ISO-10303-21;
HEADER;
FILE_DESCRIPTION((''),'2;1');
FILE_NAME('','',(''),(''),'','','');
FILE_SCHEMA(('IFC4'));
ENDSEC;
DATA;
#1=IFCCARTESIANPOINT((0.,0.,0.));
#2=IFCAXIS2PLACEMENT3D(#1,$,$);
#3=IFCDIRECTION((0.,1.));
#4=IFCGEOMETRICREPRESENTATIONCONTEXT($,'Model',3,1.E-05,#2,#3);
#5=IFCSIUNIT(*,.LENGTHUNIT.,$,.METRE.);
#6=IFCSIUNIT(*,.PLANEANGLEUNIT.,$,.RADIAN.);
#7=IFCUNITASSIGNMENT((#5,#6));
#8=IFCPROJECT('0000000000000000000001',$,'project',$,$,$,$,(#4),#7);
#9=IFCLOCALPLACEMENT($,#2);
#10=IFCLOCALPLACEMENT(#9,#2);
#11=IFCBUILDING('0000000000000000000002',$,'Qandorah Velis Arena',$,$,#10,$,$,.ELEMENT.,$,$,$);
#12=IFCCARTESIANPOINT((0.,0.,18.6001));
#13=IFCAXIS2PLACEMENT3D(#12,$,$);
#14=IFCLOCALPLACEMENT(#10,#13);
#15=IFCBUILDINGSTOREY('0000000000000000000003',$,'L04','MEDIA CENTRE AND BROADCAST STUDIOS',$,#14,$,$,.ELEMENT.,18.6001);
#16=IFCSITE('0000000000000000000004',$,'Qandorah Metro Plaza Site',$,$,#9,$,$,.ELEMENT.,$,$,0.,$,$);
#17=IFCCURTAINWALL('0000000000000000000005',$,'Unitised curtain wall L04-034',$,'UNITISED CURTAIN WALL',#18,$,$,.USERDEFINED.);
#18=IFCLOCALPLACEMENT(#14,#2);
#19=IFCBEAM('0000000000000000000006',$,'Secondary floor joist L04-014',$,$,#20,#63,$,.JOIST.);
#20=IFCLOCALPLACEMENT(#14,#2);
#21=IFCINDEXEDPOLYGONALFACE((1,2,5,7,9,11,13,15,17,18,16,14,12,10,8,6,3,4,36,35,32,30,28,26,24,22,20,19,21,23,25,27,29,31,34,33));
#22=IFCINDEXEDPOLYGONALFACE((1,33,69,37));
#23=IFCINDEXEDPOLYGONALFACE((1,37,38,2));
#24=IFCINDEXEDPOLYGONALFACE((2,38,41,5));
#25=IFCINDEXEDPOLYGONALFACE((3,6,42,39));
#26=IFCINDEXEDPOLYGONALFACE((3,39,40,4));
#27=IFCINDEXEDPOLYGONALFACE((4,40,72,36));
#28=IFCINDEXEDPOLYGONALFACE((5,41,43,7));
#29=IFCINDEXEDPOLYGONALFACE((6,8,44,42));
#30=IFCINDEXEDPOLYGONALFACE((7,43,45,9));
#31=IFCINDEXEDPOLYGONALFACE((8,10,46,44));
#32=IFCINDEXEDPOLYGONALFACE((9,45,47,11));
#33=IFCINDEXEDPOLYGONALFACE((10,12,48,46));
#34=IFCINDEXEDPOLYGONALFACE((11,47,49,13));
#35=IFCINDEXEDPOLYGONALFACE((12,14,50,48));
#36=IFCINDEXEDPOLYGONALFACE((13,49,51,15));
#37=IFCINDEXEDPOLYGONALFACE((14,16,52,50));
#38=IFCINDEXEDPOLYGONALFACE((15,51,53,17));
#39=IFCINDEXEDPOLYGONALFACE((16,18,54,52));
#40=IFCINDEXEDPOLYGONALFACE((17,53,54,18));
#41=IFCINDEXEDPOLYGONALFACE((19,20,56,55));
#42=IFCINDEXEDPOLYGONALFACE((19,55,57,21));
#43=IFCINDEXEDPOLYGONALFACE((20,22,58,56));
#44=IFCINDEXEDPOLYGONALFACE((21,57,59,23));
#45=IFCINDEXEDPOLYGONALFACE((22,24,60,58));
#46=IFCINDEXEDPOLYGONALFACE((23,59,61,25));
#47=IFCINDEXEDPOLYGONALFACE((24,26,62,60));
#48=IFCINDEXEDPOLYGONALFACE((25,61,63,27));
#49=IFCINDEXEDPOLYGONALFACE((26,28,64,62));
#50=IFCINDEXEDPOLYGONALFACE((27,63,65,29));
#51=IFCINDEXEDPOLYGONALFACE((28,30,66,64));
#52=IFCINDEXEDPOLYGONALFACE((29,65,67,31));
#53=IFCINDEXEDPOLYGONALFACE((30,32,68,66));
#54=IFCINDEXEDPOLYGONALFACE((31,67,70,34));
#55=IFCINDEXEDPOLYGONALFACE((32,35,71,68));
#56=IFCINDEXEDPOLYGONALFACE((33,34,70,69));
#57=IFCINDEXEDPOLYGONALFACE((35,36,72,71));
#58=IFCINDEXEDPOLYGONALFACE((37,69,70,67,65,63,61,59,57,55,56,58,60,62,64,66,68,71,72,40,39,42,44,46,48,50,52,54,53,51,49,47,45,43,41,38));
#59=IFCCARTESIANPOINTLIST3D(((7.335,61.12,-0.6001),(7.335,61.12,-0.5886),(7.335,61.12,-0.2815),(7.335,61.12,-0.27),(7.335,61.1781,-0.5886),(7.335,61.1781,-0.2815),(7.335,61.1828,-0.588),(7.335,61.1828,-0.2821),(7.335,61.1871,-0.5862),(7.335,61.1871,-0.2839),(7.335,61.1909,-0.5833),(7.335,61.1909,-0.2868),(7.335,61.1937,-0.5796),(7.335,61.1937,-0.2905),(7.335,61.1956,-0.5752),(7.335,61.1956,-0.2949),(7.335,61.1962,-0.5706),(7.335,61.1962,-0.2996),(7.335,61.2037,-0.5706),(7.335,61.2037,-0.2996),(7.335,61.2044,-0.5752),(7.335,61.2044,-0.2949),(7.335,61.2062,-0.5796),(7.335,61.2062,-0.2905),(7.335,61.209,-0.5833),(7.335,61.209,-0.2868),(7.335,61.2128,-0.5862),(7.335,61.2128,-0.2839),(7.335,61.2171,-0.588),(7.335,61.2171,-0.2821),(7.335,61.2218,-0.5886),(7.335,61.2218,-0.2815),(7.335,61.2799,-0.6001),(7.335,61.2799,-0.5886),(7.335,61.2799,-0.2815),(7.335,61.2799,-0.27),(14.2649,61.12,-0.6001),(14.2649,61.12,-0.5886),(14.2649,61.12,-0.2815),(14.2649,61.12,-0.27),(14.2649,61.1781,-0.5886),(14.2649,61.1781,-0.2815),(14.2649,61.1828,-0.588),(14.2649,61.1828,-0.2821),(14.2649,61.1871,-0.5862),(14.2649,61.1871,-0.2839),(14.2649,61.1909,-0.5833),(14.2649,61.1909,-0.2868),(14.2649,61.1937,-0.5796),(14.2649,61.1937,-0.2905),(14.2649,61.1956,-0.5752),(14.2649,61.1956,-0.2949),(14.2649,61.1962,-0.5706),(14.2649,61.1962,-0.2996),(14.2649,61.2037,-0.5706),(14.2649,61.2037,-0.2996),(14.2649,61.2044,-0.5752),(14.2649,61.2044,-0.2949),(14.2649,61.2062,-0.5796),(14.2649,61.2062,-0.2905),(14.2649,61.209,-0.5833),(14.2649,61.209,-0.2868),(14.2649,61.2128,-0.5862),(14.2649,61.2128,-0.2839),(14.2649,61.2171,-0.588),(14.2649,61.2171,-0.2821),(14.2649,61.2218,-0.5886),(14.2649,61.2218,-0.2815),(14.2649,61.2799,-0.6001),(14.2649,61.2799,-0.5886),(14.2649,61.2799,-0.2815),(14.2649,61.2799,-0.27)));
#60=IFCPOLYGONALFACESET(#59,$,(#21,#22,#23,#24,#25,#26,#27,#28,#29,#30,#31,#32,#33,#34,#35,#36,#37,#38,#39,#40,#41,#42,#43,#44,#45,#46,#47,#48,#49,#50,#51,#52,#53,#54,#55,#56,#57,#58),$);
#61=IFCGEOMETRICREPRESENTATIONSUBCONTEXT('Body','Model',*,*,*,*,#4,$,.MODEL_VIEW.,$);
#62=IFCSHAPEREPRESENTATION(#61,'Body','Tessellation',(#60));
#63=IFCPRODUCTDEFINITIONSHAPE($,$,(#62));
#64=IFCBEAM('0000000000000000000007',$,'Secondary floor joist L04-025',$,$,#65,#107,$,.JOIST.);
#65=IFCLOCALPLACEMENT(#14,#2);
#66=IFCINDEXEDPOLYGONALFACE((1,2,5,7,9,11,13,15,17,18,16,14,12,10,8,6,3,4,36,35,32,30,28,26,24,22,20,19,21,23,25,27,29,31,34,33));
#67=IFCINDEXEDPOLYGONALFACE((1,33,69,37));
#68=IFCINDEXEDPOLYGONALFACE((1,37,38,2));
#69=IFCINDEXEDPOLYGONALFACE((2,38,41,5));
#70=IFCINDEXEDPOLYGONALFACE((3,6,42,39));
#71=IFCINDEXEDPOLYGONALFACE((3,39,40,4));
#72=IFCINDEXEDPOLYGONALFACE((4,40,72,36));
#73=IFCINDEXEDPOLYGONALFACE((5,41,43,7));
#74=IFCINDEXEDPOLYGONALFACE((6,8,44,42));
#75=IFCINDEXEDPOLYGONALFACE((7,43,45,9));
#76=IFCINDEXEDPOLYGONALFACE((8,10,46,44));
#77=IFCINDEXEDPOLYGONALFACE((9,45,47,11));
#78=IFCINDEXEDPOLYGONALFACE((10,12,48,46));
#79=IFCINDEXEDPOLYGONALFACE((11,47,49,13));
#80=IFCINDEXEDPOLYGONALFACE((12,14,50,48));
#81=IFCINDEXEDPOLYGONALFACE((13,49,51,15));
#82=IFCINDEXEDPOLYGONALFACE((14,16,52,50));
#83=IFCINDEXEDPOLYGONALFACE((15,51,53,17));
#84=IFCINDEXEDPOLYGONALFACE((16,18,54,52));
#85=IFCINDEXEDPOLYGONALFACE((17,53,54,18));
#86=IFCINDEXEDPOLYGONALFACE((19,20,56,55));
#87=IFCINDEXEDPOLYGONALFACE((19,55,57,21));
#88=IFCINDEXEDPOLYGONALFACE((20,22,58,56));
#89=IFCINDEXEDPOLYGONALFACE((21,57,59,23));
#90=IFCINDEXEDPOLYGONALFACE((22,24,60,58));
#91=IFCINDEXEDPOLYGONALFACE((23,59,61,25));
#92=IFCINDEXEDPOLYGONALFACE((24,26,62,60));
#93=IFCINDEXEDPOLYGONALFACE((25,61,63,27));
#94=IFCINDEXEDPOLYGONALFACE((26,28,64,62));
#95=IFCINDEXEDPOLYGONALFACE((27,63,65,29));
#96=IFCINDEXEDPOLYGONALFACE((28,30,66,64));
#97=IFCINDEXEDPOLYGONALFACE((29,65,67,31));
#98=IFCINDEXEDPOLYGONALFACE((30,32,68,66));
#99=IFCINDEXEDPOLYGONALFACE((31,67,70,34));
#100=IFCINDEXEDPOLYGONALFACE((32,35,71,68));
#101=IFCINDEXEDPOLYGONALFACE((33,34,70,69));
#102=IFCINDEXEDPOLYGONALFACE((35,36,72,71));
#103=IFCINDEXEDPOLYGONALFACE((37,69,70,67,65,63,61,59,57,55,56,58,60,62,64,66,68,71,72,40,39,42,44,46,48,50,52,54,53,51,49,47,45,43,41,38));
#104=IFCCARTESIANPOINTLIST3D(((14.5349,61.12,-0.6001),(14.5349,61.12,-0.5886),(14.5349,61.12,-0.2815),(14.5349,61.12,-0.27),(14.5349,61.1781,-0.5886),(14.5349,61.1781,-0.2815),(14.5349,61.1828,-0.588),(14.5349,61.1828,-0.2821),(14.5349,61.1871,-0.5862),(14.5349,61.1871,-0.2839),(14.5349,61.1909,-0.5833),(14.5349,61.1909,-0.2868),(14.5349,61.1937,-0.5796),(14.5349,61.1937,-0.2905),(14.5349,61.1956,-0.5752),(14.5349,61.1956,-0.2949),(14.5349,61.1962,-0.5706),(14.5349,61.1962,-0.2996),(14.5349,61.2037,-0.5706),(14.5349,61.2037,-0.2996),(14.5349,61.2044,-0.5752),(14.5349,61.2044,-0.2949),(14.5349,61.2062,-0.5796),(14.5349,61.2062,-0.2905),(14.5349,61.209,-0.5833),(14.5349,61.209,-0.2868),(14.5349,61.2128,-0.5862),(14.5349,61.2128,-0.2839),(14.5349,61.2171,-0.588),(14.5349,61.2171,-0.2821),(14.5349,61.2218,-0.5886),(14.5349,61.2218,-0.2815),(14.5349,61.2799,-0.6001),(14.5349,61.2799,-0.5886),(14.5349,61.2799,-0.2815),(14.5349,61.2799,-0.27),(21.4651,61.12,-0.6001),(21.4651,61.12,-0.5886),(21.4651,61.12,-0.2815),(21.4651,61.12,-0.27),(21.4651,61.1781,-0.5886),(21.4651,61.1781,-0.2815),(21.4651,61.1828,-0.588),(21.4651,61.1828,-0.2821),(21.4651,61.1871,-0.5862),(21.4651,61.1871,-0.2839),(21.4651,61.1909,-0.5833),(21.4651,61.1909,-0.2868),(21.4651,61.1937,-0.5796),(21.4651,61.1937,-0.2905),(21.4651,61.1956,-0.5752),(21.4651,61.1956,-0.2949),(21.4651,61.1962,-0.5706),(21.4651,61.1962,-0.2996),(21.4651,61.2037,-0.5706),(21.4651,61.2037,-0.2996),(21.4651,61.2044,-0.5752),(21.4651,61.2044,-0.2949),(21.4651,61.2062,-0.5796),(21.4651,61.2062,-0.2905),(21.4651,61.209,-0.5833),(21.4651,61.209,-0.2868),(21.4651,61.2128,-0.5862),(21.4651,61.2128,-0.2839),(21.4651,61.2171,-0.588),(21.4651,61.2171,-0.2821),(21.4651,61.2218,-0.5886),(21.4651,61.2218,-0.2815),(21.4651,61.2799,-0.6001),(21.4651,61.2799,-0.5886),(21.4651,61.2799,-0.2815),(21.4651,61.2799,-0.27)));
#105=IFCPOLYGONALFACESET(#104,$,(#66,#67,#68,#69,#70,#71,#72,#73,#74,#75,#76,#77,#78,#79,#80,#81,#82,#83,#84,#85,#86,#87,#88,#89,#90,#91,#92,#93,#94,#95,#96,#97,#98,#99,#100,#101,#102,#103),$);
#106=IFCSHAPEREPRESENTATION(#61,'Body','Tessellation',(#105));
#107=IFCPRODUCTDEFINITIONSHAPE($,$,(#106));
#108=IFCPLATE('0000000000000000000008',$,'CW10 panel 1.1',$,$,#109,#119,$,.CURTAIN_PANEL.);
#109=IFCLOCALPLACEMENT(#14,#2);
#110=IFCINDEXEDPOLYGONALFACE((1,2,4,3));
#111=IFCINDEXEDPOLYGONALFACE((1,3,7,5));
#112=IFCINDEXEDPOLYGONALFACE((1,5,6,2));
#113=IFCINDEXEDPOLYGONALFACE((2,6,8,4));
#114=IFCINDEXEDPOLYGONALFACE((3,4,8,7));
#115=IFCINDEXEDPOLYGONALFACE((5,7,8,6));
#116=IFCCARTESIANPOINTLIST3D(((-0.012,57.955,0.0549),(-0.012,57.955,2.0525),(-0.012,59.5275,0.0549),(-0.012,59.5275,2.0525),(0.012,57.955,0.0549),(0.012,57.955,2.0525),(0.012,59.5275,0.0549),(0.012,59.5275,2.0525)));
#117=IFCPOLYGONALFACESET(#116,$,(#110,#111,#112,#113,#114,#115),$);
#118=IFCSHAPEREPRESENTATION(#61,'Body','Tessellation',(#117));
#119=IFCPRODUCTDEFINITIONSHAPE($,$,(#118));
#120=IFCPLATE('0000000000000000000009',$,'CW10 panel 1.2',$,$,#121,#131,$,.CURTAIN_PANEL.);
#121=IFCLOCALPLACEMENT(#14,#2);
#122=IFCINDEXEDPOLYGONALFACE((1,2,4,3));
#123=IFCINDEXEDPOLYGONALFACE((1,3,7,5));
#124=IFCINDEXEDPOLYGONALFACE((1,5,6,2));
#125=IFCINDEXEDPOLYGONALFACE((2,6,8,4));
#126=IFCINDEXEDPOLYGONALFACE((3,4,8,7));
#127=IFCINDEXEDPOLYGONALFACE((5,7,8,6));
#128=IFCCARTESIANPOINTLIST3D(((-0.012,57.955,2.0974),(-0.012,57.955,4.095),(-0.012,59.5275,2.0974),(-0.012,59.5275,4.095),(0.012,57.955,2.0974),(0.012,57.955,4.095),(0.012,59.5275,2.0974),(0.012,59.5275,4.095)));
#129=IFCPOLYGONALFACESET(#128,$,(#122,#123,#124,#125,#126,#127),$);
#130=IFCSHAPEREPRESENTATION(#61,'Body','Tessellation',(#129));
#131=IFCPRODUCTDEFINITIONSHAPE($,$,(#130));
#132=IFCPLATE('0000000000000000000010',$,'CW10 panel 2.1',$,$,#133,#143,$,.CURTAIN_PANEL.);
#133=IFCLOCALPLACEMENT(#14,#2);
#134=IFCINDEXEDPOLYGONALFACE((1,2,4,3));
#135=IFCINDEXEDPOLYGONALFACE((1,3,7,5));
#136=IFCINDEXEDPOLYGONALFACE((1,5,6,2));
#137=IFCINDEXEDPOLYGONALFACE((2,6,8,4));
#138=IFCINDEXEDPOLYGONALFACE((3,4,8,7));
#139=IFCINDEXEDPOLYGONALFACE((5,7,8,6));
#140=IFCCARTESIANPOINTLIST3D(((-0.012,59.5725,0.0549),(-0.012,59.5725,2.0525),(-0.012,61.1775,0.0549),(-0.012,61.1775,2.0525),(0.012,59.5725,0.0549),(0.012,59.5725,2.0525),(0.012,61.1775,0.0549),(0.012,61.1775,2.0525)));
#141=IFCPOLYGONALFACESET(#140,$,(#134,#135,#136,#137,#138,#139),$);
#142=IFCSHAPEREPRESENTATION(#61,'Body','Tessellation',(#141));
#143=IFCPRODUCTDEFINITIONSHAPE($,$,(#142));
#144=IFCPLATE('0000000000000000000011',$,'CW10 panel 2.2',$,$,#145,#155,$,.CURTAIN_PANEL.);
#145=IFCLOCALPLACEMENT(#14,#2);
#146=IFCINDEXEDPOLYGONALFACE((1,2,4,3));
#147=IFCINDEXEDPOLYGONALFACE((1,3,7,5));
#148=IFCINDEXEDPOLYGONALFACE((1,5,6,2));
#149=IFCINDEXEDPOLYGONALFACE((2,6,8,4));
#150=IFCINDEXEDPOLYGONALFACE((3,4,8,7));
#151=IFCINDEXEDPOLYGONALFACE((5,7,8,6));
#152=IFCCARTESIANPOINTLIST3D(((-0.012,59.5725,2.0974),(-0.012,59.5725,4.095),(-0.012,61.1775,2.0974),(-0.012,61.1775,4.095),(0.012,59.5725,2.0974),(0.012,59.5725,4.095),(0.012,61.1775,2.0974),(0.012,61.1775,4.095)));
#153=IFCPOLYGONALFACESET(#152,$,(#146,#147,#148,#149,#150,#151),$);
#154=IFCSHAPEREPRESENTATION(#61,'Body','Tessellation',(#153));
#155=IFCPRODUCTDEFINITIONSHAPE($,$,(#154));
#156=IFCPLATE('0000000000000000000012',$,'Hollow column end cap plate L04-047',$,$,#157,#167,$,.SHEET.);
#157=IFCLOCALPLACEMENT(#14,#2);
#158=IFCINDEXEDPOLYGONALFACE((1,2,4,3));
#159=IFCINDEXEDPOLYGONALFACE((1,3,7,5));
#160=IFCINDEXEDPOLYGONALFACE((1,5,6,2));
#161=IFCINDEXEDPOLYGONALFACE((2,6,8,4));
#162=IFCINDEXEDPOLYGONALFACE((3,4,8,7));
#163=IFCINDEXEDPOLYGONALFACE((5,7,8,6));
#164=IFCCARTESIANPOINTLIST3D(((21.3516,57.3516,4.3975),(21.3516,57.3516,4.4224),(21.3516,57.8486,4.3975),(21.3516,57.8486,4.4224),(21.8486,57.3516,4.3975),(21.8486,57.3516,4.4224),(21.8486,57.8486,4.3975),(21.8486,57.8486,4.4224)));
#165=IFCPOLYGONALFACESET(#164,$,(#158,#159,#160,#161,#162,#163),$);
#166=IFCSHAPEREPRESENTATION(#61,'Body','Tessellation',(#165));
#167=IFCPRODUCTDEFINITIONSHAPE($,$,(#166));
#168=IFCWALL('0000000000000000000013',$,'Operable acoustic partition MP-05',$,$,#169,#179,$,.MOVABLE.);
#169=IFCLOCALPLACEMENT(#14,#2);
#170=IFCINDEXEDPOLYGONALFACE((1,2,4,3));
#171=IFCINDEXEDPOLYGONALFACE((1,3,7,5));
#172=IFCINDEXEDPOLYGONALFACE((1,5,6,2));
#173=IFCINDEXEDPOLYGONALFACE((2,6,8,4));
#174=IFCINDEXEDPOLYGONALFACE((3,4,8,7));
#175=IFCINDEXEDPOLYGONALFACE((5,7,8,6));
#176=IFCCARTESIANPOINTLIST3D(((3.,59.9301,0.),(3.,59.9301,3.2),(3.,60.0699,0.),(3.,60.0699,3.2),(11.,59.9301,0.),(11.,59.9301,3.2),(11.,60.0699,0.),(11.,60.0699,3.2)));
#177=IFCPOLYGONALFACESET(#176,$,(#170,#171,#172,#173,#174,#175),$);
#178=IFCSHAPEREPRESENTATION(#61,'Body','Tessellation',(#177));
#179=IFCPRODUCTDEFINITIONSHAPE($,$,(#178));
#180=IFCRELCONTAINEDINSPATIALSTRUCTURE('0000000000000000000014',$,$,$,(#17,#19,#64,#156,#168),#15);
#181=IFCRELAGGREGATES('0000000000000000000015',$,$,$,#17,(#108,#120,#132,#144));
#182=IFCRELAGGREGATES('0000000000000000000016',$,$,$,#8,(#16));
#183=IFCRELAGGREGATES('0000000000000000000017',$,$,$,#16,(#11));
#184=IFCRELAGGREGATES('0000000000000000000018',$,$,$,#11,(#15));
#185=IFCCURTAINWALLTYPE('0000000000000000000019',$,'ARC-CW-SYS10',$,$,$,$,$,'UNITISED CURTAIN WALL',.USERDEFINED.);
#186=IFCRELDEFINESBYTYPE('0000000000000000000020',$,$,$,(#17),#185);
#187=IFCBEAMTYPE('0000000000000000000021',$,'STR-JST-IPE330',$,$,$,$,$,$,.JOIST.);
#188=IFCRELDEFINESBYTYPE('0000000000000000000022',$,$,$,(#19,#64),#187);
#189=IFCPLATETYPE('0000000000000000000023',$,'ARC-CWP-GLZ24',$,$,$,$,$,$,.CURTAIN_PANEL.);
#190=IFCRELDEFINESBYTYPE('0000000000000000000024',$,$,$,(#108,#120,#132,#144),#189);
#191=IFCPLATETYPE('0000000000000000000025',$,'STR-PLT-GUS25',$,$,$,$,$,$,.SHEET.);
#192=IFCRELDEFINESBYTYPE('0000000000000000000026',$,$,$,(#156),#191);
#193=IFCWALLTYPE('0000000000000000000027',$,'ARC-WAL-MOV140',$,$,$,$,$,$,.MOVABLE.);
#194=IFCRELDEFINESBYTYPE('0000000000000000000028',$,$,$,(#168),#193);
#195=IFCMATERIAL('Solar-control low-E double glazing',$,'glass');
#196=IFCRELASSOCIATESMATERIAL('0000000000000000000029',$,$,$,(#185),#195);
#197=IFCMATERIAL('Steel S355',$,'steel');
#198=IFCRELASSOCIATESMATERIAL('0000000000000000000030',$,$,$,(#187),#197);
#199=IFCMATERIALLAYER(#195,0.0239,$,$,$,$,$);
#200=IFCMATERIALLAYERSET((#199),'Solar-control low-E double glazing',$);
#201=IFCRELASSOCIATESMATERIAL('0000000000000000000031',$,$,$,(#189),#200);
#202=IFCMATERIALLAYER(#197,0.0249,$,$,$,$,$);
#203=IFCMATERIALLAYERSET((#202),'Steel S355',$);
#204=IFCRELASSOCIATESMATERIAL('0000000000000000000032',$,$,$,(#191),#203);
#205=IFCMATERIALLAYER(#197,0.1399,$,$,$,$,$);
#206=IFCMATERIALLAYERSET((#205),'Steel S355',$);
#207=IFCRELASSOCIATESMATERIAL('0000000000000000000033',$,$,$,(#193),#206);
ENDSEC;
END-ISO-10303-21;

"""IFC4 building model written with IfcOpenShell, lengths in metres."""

from ifc_helpers import new_model, si_unit, direction, frame, frame_2d, origin, origin_2d, place, context, subcontext, project, spatial, rectangle, i_section, extrude, material, layer, layer_set, material_profile, profile_set, type_object, element, aggregate, save


model = new_model("IFC4")

# Units and contexts
model_context = context("Model", 3, precision=1e-05, world=origin(), true_north=direction((0.0, 1.0)))
body_context = subcontext(model_context, "Body", "Model", "MODEL_VIEW")
ifc_project = project(units=[si_unit("LENGTHUNIT", "METRE"), si_unit("PLANEANGLEUNIT", "RADIAN")], contexts=[model_context])

# Site, building, storey
site_placement = place(None, origin())
site = spatial("IfcSite", under=ifc_project, at=site_placement, Name="Qandorah Metro Plaza Site", CompositionType="ELEMENT", RefElevation=0.0)
building_placement = place(site_placement, origin())
building = spatial("IfcBuilding", under=site, at=building_placement, Name="Qandorah Velis Arena", CompositionType="ELEMENT")
storey_placement = place(building_placement, frame((0.0, 0.0, 18.6001)))
storey = spatial("IfcBuildingStorey", under=building, at=storey_placement, Name="L04", Description="MEDIA CENTRE AND BROADCAST STUDIOS", CompositionType="ELEMENT", Elevation=18.6001)

# Shared definitions
ifc_material_1 = material(Name="Steel S355", Category="steel")

# Curtain wall
ifc_material_2 = material(Name="Solar-control low-E double glazing", Category="glass")
curtain_wall_type = type_object("IfcCurtainWallType", Name="ARC-CW-SYS10", ElementType="UNITISED CURTAIN WALL", PredefinedType="USERDEFINED", material=ifc_material_2)
curtain_wall_placement = place(storey_placement, origin())
curtain_wall = element("IfcCurtainWall", 1, at=curtain_wall_placement, inside=storey, type_object=curtain_wall_type, Name="Unitised curtain wall L04-034", ObjectType="UNITISED CURTAIN WALL", PredefinedType="USERDEFINED")

# Beams
ifc_material_profile_1 = material_profile(ifc_material_1, i_section(OverallWidth=0.1599, OverallDepth=0.3301, WebThickness=0.0076, FlangeThickness=0.0115, FilletRadius=0.0181, at=origin_2d()), Name="IPE 330")
ifc_profile_set_1 = profile_set([ifc_material_profile_1], Name="Steel S355")
beam_type_1 = type_object("IfcBeamType", Name="STR-JST-IPE330", PredefinedType="JOIST", material=ifc_profile_set_1)
for number, where, z_axis, x_axis, name in (
    (2, (7.335, 61.2, -0.4351), (1.0, 0.0, 0.0), (0.0, 1.0, 0.0), "Secondary floor joist L04-014"),
):
    element("IfcBeam", number, at=place(storey_placement, frame(where, z_axis=z_axis, x_axis=x_axis)), inside=storey, type_object=beam_type_1, Name=name, PredefinedType="JOIST", context=body_context, shape_type="SweptSolid", body=[
        extrude(i_section(OverallWidth=0.1599, OverallDepth=0.3301, WebThickness=0.0076, FlangeThickness=0.0115, FilletRadius=0.0181, at=origin_2d()), origin(), (0.0, 0.0, 1.0), 6.9299),
    ])
beam_1_placement = place(storey_placement, frame((14.5349, 61.2, -0.4351), z_axis=(1.0, 0.0, 0.0), x_axis=(0.0, 1.0, 0.0)))
element("IfcBeam", 3, at=beam_1_placement, inside=storey, type_object=beam_type_1, Name="Secondary floor joist L04-025", PredefinedType="JOIST", context=body_context, shape_type="SweptSolid", body=[
    extrude(i_section(OverallWidth=0.1599, OverallDepth=0.3301, WebThickness=0.0076, FlangeThickness=0.0115, FilletRadius=0.0181, at=origin_2d()), origin(), (0.0, 0.0, 1.0), 6.9302),
])

# Plates
ifc_layer_1 = layer(ifc_material_2, 0.0239)
ifc_layer_set_1 = layer_set([ifc_layer_1], Name="Solar-control low-E double glazing")
plate_type_1 = type_object("IfcPlateType", Name="ARC-CWP-GLZ24", PredefinedType="CURTAIN_PANEL", material=ifc_layer_set_1)
plate_1_placement = place(storey_placement, frame((0.0, 58.7412, 0.0549), z_axis=(0.0, 0.0, 1.0), x_axis=(0.0, 1.0, 0.0)))
plate_1 = element("IfcPlate", 4, at=plate_1_placement, type_object=plate_type_1, Name="CW10 panel 1.1", PredefinedType="CURTAIN_PANEL", context=body_context, shape_type="SweptSolid", body=[
    extrude(rectangle(XDim=1.5725, YDim=0.0239, at=origin_2d()), origin(), (0.0, 0.0, 1.0), 1.9976),
])
plate_2_placement = place(storey_placement, frame((0.0, 58.7412, 2.0974), z_axis=(0.0, 0.0, 1.0), x_axis=(0.0, 1.0, 0.0)))
plate_2 = element("IfcPlate", 5, at=plate_2_placement, type_object=plate_type_1, Name="CW10 panel 1.2", PredefinedType="CURTAIN_PANEL", context=body_context, shape_type="SweptSolid", body=[
    extrude(rectangle(XDim=1.5725, YDim=0.0239, at=origin_2d()), origin(), (0.0, 0.0, 1.0), 1.9976),
])
plate_3_placement = place(storey_placement, frame((0.0, 60.375, 0.0549), z_axis=(0.0, 0.0, 1.0), x_axis=(0.0, 1.0, 0.0)))
plate_3 = element("IfcPlate", 6, at=plate_3_placement, type_object=plate_type_1, Name="CW10 panel 2.1", PredefinedType="CURTAIN_PANEL", context=body_context, shape_type="SweptSolid", body=[
    extrude(rectangle(XDim=1.605, YDim=0.0239, at=origin_2d()), origin(), (0.0, 0.0, 1.0), 1.9976),
])
plate_4_placement = place(storey_placement, frame((0.0, 60.375, 2.0974), z_axis=(0.0, 0.0, 1.0), x_axis=(0.0, 1.0, 0.0)))
plate_4 = element("IfcPlate", 7, at=plate_4_placement, type_object=plate_type_1, Name="CW10 panel 2.2", PredefinedType="CURTAIN_PANEL", context=body_context, shape_type="SweptSolid", body=[
    extrude(rectangle(XDim=1.605, YDim=0.0239, at=origin_2d()), origin(), (0.0, 0.0, 1.0), 1.9976),
])
aggregate(curtain_wall, [plate_1, plate_2, plate_3, plate_4])
ifc_layer_2 = layer(ifc_material_1, 0.0249)
ifc_layer_set_2 = layer_set([ifc_layer_2], Name="Steel S355")
plate_type_2 = type_object("IfcPlateType", Name="STR-PLT-GUS25", PredefinedType="SHEET", material=ifc_layer_set_2)
plate_5_placement = place(storey_placement, frame((21.6001, 57.6001, 4.3975), z_axis=(0.0, 0.0, 1.0), x_axis=(1.0, 0.0, 0.0)))
element("IfcPlate", 8, at=plate_5_placement, inside=storey, type_object=plate_type_2, Name="Hollow column end cap plate L04-047", PredefinedType="SHEET", context=body_context, shape_type="SweptSolid", body=[
    extrude(rectangle(XDim=0.4971, YDim=0.4971, at=origin_2d()), origin(), (0.0, 0.0, 1.0), 0.0249),
])

# Wall
ifc_layer_3 = layer(ifc_material_1, 0.1399)
ifc_layer_set_3 = layer_set([ifc_layer_3], Name="Steel S355")
wall_type = type_object("IfcWallType", Name="ARC-WAL-MOV140", PredefinedType="MOVABLE", material=ifc_layer_set_3)
wall_placement = place(storey_placement, frame((3.0, 60.0, 0.0), z_axis=(0.0, 0.0, 1.0), x_axis=(1.0, 0.0, 0.0)))
element("IfcWall", 9, at=wall_placement, inside=storey, type_object=wall_type, Name="Operable acoustic partition MP-05", PredefinedType="MOVABLE", context=body_context, shape_type="SweptSolid", body=[
    extrude(rectangle(XDim=8.0, YDim=0.1399, at=frame_2d((4.0, 0.0))), origin(), (0.0, 0.0, 1.0), 3.2),
])

save(model, "model.ifc")
